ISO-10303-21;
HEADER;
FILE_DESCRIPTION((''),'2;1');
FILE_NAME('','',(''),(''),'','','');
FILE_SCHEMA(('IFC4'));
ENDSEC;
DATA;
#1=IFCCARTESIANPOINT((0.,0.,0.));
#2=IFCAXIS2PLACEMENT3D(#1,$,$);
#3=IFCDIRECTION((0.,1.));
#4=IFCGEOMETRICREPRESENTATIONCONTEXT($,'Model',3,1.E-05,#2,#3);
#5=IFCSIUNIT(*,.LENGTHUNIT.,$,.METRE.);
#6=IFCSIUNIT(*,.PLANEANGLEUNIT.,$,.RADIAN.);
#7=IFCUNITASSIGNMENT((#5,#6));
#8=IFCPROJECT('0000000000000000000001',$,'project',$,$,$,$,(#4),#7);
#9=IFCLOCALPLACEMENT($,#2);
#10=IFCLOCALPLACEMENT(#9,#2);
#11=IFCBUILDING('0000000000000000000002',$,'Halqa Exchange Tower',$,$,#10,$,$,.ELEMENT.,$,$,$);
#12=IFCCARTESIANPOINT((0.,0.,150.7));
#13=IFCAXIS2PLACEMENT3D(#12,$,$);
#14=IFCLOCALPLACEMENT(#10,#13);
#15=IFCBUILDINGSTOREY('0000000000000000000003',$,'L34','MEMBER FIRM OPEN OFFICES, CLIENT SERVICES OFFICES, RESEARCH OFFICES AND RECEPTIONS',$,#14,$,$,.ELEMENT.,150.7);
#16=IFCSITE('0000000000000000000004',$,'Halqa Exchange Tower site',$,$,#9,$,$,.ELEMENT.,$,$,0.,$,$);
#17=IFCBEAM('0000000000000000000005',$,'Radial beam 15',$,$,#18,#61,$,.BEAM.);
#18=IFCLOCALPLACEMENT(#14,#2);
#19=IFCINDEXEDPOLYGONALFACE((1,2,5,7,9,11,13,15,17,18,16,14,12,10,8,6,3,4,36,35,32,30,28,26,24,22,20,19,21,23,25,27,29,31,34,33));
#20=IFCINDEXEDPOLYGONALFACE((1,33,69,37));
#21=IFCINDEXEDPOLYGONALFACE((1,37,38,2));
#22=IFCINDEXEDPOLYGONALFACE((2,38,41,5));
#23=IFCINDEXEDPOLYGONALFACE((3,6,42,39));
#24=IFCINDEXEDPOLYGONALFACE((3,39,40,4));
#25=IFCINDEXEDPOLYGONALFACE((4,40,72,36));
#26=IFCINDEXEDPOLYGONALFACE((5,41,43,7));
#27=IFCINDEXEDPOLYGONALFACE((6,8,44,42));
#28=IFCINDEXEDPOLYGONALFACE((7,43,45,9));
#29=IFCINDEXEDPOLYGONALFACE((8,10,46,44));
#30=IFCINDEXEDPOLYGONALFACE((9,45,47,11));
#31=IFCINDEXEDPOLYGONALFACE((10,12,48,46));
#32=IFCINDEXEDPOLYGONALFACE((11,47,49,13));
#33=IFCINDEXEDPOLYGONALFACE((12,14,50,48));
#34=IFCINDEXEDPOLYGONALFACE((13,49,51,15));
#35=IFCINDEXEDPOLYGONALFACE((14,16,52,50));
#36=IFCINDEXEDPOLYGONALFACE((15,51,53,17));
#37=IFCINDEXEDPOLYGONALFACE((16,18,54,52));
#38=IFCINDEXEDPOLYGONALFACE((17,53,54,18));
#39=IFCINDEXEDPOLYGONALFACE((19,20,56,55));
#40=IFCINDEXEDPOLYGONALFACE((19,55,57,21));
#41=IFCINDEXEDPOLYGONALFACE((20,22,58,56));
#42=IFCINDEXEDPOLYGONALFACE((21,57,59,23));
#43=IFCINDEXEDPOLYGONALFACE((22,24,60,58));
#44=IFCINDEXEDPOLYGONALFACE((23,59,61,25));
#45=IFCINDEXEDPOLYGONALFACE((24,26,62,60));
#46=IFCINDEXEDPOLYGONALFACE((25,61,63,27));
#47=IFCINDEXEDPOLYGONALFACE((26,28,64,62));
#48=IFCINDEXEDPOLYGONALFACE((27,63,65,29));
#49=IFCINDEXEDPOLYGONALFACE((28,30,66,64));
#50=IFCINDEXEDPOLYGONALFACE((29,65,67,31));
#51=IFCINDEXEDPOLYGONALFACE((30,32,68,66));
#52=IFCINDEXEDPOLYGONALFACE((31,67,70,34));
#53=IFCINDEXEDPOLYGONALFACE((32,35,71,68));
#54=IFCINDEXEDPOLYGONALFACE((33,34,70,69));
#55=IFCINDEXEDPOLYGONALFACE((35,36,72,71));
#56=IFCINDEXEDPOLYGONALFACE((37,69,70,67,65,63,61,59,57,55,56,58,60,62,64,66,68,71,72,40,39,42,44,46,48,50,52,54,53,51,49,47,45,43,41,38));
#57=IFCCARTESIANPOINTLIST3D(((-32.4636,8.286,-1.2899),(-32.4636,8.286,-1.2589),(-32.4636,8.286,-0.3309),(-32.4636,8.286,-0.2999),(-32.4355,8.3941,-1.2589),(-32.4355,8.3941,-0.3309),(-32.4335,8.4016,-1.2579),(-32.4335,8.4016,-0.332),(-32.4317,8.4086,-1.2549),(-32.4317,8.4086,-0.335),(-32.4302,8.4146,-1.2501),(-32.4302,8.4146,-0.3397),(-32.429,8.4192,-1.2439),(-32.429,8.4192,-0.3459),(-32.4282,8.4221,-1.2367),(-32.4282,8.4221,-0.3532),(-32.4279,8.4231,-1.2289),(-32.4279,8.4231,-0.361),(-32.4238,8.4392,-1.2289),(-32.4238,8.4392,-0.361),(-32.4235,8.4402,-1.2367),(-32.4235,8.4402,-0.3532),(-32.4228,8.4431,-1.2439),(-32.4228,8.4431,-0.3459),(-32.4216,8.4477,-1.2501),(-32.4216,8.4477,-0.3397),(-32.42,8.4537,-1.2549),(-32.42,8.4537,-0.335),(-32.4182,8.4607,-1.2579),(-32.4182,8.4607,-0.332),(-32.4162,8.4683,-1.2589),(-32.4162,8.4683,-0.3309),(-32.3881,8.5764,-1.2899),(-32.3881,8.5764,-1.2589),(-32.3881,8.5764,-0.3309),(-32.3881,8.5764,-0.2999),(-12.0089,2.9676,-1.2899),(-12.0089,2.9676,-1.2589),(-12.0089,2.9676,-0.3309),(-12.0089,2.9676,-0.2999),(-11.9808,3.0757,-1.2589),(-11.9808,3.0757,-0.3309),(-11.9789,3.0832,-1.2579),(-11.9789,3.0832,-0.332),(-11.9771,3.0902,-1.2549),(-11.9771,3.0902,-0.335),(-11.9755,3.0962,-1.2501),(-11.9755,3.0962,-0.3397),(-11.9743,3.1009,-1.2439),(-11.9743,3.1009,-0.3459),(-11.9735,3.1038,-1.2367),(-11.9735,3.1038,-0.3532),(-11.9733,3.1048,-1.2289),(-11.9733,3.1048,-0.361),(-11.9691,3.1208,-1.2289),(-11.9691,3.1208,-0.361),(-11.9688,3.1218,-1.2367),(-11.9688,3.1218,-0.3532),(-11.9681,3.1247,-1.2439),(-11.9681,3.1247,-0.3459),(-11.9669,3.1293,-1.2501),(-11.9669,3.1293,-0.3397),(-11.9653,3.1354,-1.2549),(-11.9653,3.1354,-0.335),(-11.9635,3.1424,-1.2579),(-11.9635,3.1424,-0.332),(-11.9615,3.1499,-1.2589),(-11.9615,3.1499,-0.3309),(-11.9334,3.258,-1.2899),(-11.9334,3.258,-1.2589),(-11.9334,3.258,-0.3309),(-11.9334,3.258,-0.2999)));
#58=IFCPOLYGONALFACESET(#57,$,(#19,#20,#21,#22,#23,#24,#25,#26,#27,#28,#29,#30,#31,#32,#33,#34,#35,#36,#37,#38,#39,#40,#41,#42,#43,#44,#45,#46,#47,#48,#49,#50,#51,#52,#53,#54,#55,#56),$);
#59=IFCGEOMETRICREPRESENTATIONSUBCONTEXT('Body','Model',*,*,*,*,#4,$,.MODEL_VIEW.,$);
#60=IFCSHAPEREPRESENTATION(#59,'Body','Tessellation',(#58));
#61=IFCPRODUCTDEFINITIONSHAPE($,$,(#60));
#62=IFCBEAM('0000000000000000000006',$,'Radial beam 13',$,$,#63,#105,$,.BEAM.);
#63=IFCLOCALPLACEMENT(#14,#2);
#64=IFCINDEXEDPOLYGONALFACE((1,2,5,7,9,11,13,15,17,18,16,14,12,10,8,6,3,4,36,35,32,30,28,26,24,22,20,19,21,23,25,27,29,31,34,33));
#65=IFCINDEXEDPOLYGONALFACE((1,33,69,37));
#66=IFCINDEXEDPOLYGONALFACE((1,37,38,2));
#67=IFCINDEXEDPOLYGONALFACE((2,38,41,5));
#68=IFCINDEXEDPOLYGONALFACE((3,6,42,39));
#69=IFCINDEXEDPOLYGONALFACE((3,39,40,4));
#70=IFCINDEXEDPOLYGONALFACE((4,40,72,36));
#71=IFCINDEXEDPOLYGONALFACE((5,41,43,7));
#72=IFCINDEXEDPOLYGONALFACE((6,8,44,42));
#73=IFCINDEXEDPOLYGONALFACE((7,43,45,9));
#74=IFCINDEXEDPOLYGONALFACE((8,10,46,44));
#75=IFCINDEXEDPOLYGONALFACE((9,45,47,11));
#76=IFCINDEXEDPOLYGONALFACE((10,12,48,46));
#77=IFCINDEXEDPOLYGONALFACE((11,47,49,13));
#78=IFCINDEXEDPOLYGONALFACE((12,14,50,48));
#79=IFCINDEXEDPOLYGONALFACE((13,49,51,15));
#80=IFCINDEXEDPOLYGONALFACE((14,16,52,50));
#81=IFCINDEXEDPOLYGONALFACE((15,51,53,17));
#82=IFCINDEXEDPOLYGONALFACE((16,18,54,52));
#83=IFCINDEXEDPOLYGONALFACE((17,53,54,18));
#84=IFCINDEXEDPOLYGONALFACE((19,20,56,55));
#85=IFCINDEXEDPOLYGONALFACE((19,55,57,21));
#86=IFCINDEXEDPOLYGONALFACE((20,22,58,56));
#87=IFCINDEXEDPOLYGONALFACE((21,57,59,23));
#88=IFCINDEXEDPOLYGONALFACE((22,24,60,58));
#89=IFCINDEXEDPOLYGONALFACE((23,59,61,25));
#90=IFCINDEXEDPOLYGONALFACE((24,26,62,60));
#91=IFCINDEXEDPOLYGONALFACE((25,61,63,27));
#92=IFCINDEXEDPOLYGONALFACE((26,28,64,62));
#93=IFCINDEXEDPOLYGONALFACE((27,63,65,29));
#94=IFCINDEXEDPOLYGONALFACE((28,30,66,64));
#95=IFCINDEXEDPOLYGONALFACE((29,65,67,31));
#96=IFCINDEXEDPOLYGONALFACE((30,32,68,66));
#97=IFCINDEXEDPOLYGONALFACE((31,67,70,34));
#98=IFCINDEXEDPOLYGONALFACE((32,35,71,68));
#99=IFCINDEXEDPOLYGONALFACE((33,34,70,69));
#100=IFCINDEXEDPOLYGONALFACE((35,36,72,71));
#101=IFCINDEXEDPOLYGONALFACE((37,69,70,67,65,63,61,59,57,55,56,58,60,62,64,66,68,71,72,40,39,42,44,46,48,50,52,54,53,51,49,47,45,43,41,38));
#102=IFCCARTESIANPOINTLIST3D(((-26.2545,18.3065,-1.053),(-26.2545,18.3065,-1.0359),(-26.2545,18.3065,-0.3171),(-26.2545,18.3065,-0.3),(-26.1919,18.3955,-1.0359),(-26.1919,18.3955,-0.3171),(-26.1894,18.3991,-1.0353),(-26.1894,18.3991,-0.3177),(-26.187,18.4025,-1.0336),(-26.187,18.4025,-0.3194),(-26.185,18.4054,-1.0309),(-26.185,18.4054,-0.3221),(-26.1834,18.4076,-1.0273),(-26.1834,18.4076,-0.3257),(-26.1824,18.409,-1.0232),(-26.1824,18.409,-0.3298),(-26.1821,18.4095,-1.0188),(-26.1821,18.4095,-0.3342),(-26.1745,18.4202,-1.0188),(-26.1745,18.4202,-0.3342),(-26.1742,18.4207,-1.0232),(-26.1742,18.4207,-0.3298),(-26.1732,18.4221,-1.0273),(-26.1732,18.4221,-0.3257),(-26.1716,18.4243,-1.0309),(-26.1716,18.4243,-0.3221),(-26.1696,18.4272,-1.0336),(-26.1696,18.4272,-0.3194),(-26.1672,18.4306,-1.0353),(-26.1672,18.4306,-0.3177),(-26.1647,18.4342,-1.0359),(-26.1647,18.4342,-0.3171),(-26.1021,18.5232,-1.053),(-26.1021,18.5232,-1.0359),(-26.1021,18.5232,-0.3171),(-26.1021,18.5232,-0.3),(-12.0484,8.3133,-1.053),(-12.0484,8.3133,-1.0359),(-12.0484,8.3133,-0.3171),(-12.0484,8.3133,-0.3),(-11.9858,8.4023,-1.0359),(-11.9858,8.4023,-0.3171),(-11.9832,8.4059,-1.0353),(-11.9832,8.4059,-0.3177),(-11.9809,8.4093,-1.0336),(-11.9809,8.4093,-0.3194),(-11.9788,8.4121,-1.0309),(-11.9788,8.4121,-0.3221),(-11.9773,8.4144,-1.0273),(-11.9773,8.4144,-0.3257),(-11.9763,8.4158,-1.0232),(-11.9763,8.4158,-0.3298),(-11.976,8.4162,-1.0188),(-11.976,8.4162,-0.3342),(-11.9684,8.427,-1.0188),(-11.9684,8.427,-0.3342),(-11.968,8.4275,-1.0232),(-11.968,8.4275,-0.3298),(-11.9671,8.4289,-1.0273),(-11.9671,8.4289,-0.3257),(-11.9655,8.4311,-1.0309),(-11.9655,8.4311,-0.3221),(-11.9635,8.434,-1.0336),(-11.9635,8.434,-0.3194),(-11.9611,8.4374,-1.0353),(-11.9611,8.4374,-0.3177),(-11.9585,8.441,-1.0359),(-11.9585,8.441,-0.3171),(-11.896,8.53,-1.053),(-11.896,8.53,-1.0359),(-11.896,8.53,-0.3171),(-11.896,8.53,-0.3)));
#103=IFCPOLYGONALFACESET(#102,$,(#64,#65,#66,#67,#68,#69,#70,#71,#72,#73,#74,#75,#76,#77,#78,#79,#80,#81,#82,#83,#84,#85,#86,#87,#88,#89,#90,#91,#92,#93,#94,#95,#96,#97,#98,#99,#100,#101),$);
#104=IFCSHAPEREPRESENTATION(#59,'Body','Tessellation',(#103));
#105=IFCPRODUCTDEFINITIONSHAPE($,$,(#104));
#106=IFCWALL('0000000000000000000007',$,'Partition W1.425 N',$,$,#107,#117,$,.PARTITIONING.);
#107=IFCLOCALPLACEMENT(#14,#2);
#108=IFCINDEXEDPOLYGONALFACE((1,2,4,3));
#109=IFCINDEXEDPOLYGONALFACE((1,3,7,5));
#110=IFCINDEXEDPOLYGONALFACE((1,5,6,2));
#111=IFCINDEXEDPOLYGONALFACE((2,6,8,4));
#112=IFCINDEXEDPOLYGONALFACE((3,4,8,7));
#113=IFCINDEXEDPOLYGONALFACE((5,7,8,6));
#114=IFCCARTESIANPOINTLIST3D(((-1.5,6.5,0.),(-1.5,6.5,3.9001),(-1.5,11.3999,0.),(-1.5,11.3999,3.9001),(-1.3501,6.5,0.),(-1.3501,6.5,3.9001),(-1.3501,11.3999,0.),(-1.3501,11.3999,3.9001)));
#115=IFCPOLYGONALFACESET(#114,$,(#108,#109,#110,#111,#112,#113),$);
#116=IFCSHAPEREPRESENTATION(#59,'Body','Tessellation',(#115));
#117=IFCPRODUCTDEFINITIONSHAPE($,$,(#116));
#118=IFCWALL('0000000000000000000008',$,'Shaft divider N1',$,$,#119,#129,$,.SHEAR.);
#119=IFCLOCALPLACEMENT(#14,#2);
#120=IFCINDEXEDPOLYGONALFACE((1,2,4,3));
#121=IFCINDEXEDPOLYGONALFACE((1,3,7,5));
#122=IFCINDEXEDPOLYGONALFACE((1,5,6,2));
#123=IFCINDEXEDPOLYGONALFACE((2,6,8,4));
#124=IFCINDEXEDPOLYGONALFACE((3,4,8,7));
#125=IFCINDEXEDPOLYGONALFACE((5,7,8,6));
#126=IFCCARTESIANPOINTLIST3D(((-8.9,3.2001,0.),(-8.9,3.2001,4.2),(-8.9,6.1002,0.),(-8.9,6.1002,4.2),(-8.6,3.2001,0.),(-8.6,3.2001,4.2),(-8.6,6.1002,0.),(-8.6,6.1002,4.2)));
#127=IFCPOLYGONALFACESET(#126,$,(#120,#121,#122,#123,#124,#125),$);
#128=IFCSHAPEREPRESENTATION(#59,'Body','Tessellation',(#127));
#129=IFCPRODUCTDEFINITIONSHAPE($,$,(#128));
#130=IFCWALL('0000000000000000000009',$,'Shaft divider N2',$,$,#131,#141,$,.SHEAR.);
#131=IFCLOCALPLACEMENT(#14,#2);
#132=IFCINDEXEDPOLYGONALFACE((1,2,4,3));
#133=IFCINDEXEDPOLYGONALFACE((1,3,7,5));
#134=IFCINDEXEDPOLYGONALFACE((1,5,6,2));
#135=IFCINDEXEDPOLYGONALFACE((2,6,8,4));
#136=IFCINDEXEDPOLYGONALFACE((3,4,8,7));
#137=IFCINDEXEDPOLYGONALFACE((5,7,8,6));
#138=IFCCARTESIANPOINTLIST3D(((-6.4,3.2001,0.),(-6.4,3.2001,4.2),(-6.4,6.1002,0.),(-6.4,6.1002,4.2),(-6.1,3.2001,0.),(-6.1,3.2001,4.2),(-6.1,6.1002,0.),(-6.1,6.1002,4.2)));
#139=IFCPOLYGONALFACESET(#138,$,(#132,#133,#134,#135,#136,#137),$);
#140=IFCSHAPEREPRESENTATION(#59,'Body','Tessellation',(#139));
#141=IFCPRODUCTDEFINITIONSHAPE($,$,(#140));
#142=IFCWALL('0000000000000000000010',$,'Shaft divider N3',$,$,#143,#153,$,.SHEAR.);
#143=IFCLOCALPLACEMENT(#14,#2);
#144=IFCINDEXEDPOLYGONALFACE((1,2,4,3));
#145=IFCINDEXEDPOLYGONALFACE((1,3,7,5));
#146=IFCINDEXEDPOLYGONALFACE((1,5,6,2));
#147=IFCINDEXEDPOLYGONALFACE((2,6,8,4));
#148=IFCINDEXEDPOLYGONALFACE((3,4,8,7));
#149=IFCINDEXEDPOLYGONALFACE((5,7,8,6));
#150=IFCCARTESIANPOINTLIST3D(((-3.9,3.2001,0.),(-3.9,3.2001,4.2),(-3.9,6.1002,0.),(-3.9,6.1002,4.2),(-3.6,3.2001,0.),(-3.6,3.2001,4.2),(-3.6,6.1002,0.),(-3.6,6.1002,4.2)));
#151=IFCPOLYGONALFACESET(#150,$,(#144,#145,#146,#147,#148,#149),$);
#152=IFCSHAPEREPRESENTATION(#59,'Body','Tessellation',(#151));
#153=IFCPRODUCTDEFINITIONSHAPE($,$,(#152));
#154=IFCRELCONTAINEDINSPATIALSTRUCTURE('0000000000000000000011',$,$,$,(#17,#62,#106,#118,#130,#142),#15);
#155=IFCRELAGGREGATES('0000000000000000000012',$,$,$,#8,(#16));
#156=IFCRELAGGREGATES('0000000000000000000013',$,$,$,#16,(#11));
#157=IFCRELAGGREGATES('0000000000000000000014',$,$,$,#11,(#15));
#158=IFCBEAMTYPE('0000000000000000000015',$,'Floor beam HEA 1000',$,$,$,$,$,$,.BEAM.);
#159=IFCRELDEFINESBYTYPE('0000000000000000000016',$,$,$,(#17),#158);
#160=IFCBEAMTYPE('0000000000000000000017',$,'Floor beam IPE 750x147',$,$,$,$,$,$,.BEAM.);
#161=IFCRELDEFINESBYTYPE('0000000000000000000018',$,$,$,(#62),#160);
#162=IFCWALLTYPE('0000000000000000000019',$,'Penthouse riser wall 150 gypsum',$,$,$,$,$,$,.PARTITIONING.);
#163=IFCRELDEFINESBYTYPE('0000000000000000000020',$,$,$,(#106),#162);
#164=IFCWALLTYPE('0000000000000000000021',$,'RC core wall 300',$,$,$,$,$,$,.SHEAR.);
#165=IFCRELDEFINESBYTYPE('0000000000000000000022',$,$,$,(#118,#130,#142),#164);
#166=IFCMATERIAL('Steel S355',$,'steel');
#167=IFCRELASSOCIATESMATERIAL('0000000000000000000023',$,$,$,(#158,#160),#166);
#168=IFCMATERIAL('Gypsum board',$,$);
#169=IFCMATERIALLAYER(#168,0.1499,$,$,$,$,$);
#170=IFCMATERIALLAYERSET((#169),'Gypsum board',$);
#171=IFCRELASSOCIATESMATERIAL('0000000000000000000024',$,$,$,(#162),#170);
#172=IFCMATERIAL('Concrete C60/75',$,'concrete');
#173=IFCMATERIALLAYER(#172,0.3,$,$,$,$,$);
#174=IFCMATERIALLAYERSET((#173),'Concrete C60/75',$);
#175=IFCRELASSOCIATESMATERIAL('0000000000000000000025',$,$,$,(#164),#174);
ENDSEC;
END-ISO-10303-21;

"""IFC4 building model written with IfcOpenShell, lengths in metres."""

from ifc_helpers import new_model, si_unit, direction, frame, frame_2d, origin, origin_2d, place, context, subcontext, project, spatial, rectangle, i_section, extrude, material, layer, layer_set, material_profile, profile_set, type_object, element, save


model = new_model("IFC4")

# Units and contexts
model_context = context("Model", 3, precision=1e-05, world=origin(), true_north=direction((0.0, 1.0)))
body_context = subcontext(model_context, "Body", "Model", "MODEL_VIEW")
ifc_project = project(units=[si_unit("LENGTHUNIT", "METRE"), si_unit("PLANEANGLEUNIT", "RADIAN")], contexts=[model_context])

# Site, building, storey
site_placement = place(None, origin())
site = spatial("IfcSite", under=ifc_project, at=site_placement, Name="Halqa Exchange Tower site", CompositionType="ELEMENT", RefElevation=0.0)
building_placement = place(site_placement, origin())
building = spatial("IfcBuilding", under=site, at=building_placement, Name="Halqa Exchange Tower", CompositionType="ELEMENT")
storey_placement = place(building_placement, frame((0.0, 0.0, 150.7)))
storey = spatial("IfcBuildingStorey", under=building, at=storey_placement, Name="L34", Description="MEMBER FIRM OPEN OFFICES, CLIENT SERVICES OFFICES, RESEARCH OFFICES AND RECEPTIONS", CompositionType="ELEMENT", Elevation=150.7)

# Beams
ifc_material_1 = material(Name="Steel S355", Category="steel")
ifc_material_profile_1 = material_profile(ifc_material_1, i_section(OverallWidth=0.3, OverallDepth=0.99, WebThickness=0.0166, FlangeThickness=0.031, FilletRadius=0.03, at=origin_2d()), Name="HEA 1000")
ifc_profile_set_1 = profile_set([ifc_material_profile_1], Name="Steel S355")
beam_type_1 = type_object("IfcBeamType", Name="Floor beam HEA 1000", PredefinedType="BEAM", material=ifc_profile_set_1)
beam_1_placement = place(storey_placement, frame((-11.9712, 3.1128, -0.7949), z_axis=(-0.967821, 0.251641, 0.0), x_axis=(-0.251641, -0.967821, 0.0)))
element("IfcBeam", 1, at=beam_1_placement, inside=storey, type_object=beam_type_1, Name="Radial beam 15", PredefinedType="BEAM", context=body_context, shape_type="SweptSolid", body=[
    extrude(i_section(OverallWidth=0.3, OverallDepth=0.99, WebThickness=0.0166, FlangeThickness=0.031, FilletRadius=0.03, at=origin_2d()), origin(), (0.0, 0.0, 1.0), 21.1348),
])
ifc_material_profile_2 = material_profile(ifc_material_1, i_section(OverallWidth=0.2649, OverallDepth=0.7529, WebThickness=0.0132, FlangeThickness=0.0171, FilletRadius=0.0171, at=origin_2d()), Name="IPE 750x147")
ifc_profile_set_2 = profile_set([ifc_material_profile_2], Name="Steel S355")
beam_type_2 = type_object("IfcBeamType", Name="Floor beam IPE 750x147", PredefinedType="BEAM", material=ifc_profile_set_2)
beam_2_placement = place(storey_placement, frame((-11.9722, 8.4216, -0.6765), z_axis=(-0.817906, 0.575351, 0.0), x_axis=(-0.575351, -0.817906, 0.0)))
element("IfcBeam", 2, at=beam_2_placement, inside=storey, type_object=beam_type_2, Name="Radial beam 13", PredefinedType="BEAM", context=body_context, shape_type="SweptSolid", body=[
    extrude(i_section(OverallWidth=0.2649, OverallDepth=0.7529, WebThickness=0.0132, FlangeThickness=0.0171, FilletRadius=0.0171, at=origin_2d()), origin(), (0.0, 0.0, 1.0), 17.3689),
])

# Walls
ifc_material_2 = material(Name="Gypsum board")
ifc_layer_1 = layer(ifc_material_2, 0.1499)
ifc_layer_set_1 = layer_set([ifc_layer_1], Name="Gypsum board")
wall_type_1 = type_object("IfcWallType", Name="Penthouse riser wall 150 gypsum", PredefinedType="PARTITIONING", material=ifc_layer_set_1)
wall_1_placement = place(storey_placement, frame((-1.425, 6.5, 0.0), z_axis=(0.0, 0.0, 1.0), x_axis=(0.0, 1.0, 0.0)))
element("IfcWall", 3, at=wall_1_placement, inside=storey, type_object=wall_type_1, Name="Partition W1.425 N", PredefinedType="PARTITIONING", context=body_context, shape_type="SweptSolid", body=[
    extrude(rectangle(XDim=4.8999, YDim=0.1499, at=frame_2d((2.45, 0.0))), origin(), (0.0, 0.0, 1.0), 3.9001),
])
ifc_material_3 = material(Name="Concrete C60/75", Category="concrete")
ifc_layer_2 = layer(ifc_material_3, 0.3)
ifc_layer_set_2 = layer_set([ifc_layer_2], Name="Concrete C60/75")
wall_type_2 = type_object("IfcWallType", Name="RC core wall 300", PredefinedType="SHEAR", material=ifc_layer_set_2)
for number, where, z_axis, x_axis, name in (
    (4, (-8.75, 3.2, 0.0), (0.0, 0.0, 1.0), (0.0, 1.0, 0.0), "Shaft divider N1"),
    (5, (-6.25, 3.2, 0.0), (0.0, 0.0, 1.0), (0.0, 1.0, 0.0), "Shaft divider N2"),
    (6, (-3.75, 3.2, 0.0), (0.0, 0.0, 1.0), (0.0, 1.0, 0.0), "Shaft divider N3"),
):
    element("IfcWall", number, at=place(storey_placement, frame(where, z_axis=z_axis, x_axis=x_axis)), inside=storey, type_object=wall_type_2, Name=name, PredefinedType="SHEAR", context=body_context, shape_type="SweptSolid", body=[
        extrude(rectangle(XDim=2.9001, YDim=0.3, at=frame_2d((1.4502, 0.0))), origin(), (0.0, 0.0, 1.0), 4.2),
    ])

save(model, "model.ifc")
